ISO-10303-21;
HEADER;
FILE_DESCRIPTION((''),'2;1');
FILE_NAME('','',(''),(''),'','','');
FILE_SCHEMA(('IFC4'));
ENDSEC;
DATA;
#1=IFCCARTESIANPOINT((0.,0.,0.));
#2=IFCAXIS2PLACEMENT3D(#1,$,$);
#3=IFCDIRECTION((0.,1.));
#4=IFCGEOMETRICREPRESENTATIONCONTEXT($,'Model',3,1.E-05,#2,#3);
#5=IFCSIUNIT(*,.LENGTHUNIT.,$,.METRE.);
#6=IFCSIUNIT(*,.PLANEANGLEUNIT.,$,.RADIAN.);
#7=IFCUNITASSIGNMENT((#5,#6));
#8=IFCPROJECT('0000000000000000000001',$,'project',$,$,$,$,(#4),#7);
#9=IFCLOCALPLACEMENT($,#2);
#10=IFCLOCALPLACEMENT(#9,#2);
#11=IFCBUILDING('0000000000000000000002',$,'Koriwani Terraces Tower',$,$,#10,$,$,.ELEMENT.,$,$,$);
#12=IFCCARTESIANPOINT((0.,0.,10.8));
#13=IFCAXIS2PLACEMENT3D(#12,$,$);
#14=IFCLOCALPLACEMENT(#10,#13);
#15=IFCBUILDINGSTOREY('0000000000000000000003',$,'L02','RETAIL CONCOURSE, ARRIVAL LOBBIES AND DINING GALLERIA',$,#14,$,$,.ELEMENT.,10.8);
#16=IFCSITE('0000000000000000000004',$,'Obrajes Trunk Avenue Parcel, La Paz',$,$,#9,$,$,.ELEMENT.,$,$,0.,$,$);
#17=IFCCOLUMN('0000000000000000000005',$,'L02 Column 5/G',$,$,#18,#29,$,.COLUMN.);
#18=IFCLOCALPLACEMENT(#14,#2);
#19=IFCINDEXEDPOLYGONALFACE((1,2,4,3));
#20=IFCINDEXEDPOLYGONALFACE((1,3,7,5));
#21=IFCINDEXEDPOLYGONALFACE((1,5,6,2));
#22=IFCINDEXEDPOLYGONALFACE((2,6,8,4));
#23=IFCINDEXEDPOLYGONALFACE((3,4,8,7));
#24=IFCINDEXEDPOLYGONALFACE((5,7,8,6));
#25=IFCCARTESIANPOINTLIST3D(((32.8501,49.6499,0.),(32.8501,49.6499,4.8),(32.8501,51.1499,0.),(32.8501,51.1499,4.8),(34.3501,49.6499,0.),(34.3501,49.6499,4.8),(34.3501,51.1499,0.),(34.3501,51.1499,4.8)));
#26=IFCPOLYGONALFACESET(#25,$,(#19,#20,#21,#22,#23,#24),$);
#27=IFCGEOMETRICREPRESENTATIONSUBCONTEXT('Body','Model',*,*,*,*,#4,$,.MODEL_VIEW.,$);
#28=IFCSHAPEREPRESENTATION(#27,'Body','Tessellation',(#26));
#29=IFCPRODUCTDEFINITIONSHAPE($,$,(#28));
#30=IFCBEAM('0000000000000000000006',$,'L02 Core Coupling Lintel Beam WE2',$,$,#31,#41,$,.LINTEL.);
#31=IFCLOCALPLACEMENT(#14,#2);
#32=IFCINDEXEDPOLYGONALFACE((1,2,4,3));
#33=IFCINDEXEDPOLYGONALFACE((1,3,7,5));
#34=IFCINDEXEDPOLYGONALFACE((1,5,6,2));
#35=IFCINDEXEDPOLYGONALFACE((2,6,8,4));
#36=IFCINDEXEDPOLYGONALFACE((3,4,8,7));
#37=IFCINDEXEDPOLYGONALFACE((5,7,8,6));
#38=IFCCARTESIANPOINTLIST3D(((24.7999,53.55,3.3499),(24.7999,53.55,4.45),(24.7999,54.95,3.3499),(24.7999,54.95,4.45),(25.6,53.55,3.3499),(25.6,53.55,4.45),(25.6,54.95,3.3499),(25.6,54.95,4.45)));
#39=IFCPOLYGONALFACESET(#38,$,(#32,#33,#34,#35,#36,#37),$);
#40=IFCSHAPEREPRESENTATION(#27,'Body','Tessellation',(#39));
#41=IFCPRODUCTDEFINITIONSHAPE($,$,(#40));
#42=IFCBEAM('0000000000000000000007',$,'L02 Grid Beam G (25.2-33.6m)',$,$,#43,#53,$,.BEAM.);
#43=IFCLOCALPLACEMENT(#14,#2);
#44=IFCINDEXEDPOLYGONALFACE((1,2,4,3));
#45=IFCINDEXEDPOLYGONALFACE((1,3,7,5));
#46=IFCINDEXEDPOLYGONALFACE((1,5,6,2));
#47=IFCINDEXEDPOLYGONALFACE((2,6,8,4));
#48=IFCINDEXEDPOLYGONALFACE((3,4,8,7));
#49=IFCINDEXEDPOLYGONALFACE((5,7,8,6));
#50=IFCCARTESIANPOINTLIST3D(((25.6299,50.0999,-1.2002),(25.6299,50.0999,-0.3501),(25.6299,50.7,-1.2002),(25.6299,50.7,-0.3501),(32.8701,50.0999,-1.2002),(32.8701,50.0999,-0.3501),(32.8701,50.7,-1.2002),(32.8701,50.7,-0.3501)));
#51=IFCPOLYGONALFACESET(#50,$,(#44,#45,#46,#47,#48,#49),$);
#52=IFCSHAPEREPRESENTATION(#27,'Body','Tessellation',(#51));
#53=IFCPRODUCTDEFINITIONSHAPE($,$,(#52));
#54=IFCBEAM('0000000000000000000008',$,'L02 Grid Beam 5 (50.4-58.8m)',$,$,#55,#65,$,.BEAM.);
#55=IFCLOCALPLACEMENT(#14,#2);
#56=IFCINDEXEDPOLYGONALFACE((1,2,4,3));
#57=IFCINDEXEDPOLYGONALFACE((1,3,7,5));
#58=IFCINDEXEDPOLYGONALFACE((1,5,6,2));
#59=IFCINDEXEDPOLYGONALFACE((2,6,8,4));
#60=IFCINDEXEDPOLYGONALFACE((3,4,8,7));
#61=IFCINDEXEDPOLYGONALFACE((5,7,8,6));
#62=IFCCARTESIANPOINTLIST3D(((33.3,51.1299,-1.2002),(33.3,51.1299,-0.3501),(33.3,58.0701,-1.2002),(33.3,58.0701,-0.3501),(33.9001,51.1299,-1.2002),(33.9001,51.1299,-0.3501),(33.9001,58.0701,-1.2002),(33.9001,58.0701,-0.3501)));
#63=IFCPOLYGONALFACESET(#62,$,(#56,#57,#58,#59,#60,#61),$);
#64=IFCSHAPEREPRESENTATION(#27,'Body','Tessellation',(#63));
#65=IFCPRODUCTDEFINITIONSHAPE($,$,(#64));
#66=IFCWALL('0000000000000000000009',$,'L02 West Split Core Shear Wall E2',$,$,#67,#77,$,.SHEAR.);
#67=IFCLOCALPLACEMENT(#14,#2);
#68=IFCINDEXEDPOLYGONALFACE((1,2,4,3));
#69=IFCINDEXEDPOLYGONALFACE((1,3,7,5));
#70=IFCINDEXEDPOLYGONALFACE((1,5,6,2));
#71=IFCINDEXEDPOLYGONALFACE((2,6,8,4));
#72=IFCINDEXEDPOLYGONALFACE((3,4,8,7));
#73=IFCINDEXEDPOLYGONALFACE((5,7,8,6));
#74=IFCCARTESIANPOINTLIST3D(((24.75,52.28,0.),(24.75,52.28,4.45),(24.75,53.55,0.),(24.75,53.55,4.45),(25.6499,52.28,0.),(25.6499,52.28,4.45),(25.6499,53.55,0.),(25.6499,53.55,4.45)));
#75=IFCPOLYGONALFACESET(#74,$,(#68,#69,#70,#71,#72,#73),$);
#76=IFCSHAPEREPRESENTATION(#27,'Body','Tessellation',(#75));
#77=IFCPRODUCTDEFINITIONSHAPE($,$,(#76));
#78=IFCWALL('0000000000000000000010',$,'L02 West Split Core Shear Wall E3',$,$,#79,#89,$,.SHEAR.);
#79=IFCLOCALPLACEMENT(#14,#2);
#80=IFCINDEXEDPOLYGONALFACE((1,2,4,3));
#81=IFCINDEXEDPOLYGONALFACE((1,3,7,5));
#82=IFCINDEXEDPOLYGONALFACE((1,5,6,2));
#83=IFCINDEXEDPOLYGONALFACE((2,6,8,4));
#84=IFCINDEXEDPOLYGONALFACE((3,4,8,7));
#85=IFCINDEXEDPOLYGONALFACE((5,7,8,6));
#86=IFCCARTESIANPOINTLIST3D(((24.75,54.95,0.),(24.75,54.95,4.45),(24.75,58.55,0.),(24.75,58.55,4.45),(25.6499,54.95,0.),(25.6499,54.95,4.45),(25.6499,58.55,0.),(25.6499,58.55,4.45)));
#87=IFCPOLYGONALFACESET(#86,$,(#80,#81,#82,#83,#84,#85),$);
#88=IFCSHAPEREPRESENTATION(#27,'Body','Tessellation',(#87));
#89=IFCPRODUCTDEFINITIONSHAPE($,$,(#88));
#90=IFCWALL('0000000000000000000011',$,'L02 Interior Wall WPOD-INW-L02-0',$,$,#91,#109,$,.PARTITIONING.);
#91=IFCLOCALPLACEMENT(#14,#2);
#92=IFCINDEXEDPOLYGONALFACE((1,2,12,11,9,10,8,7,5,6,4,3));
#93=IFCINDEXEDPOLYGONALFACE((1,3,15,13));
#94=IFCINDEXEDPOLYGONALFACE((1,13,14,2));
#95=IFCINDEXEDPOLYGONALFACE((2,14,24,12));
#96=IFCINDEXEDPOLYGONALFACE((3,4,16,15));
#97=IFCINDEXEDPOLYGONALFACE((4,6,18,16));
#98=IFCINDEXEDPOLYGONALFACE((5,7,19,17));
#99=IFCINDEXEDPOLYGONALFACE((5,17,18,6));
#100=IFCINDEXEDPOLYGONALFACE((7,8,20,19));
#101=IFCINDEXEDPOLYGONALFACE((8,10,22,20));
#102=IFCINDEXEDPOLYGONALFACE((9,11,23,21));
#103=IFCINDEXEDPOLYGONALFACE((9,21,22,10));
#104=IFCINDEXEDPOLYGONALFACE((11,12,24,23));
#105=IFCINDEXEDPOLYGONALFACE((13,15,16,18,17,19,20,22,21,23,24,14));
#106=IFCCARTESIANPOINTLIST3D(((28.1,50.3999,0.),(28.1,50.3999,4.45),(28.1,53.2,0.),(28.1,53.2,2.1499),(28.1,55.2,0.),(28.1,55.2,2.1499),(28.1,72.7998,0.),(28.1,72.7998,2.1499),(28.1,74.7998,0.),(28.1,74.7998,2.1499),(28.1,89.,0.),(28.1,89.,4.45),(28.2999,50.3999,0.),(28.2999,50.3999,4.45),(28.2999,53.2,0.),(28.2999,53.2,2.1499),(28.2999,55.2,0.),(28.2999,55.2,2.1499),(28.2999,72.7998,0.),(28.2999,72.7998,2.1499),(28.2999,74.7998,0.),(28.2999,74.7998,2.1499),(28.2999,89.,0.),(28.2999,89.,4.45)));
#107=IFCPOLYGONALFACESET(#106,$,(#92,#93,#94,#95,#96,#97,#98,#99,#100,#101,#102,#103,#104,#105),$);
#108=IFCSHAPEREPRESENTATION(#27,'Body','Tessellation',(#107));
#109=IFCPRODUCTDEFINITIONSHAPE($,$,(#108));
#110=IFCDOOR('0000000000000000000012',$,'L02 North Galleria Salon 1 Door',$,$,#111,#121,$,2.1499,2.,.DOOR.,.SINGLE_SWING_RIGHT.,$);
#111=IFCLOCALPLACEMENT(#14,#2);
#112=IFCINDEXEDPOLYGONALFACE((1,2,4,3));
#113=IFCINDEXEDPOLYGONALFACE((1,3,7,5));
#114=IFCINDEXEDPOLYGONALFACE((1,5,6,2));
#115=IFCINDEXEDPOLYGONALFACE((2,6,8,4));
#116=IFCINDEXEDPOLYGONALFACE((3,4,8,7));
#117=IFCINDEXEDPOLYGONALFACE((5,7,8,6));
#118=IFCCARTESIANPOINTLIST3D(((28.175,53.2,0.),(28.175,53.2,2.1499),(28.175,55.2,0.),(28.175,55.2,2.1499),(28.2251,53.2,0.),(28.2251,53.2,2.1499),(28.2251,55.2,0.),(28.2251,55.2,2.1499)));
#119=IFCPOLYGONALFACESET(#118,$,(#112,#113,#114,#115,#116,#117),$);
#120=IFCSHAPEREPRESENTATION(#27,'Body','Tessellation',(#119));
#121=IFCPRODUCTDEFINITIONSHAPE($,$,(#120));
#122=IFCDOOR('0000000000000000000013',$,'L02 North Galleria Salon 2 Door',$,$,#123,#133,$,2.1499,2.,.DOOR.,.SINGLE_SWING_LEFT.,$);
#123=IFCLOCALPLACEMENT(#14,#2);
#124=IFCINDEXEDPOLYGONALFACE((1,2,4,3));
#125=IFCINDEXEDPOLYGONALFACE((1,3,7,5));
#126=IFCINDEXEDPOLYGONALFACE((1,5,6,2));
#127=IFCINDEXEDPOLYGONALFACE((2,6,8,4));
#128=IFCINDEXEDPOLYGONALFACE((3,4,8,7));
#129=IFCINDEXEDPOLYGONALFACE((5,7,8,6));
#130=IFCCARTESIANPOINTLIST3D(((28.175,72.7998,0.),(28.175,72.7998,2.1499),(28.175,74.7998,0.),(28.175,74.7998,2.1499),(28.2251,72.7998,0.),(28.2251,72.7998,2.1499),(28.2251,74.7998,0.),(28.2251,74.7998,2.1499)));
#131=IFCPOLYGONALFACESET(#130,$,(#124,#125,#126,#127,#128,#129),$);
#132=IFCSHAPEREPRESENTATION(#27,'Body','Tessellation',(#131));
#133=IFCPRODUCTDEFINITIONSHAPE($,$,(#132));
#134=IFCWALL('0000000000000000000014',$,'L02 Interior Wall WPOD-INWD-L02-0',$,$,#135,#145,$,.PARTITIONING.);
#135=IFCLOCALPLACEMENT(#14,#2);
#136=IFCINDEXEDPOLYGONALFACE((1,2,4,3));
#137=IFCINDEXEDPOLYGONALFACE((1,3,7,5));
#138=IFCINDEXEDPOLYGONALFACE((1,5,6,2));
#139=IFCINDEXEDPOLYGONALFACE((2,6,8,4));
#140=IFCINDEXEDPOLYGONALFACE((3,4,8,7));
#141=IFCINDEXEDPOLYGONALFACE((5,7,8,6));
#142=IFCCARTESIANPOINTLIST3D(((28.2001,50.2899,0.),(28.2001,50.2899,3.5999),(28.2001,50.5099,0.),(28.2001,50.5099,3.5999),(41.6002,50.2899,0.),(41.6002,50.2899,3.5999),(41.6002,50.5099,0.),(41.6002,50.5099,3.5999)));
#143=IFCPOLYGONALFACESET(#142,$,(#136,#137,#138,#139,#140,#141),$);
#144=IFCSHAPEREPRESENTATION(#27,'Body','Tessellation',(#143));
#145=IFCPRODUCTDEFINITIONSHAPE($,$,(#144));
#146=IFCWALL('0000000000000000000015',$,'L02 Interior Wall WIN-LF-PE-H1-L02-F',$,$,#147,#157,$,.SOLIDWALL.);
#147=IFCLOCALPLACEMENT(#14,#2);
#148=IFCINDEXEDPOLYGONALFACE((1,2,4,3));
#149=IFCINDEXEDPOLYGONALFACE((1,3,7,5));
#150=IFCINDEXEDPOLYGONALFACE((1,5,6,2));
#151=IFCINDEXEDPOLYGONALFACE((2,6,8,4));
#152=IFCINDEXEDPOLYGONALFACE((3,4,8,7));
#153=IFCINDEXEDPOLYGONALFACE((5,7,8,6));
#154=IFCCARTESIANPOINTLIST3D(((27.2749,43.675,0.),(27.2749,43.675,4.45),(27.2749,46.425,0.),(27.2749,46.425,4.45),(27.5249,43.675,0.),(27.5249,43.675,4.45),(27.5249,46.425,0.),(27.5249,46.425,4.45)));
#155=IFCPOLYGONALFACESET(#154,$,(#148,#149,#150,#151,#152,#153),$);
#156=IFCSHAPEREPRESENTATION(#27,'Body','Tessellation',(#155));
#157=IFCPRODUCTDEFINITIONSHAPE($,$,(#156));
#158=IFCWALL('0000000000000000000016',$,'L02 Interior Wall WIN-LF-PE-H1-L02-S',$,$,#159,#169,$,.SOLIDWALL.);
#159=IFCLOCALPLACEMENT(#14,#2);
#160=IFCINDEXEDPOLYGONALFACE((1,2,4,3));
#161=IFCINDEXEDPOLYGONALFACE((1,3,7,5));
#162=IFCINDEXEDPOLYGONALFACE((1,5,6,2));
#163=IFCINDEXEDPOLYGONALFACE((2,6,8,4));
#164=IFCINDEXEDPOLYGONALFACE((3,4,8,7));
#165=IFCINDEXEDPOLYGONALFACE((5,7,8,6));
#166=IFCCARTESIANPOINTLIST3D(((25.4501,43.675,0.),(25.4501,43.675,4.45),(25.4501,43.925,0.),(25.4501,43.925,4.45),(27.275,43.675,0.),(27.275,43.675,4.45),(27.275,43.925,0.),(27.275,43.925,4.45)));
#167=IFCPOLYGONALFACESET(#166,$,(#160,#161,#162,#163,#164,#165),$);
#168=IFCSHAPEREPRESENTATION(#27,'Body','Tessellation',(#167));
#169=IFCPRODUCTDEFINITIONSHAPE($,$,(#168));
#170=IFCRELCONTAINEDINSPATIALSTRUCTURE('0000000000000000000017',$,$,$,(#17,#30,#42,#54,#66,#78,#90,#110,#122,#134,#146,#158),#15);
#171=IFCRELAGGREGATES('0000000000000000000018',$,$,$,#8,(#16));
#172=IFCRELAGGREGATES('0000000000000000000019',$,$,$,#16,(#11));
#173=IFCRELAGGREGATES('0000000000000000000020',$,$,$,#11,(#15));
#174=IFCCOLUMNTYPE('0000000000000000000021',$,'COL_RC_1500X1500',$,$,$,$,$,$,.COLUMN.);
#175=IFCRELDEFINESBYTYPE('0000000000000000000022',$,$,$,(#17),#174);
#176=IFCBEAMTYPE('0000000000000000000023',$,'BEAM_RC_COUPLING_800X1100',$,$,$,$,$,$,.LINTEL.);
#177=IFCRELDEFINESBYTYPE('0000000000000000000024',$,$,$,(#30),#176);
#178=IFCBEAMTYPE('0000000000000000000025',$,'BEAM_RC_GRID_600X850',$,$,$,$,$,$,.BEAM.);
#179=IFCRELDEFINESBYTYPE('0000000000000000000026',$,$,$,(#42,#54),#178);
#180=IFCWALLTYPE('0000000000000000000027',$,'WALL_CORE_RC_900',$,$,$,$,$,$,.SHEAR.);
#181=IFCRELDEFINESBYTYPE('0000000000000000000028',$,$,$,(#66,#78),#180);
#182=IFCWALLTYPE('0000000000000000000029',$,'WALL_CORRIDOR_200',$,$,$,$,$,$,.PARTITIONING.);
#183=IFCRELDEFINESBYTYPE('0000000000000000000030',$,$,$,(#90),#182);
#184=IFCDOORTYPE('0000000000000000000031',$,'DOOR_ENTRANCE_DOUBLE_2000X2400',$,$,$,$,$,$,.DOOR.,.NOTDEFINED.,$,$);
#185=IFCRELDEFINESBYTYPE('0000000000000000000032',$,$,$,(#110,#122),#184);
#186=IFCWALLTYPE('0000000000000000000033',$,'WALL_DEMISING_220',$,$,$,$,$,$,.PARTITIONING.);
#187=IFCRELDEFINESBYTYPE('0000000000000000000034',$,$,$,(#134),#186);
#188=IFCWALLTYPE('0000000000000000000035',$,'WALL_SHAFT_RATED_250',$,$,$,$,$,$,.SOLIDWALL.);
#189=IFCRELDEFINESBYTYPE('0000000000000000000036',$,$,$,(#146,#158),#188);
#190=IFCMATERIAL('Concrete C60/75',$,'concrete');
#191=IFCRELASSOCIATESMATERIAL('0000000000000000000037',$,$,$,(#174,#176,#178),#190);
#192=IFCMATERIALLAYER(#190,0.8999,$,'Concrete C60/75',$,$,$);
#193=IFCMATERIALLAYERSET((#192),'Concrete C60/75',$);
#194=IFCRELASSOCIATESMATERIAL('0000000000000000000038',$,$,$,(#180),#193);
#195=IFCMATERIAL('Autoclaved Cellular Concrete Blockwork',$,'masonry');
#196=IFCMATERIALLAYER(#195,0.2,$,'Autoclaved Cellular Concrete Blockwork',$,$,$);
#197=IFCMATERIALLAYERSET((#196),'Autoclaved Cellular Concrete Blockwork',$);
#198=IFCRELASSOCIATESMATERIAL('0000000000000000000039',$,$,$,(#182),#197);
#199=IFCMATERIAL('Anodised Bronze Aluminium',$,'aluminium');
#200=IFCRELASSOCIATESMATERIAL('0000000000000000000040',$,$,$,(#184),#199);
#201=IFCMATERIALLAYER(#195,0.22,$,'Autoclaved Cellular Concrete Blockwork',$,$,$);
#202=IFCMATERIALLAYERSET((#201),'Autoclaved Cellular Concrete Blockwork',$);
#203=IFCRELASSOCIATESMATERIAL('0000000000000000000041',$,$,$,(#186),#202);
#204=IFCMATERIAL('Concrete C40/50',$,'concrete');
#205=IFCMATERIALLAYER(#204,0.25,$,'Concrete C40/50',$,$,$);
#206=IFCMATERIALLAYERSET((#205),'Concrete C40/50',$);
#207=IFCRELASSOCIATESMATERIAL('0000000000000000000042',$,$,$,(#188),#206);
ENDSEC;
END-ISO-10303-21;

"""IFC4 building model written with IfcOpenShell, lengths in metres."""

from ifc_helpers import new_model, si_unit, direction, frame, frame_2d, origin, origin_2d, place, context, subcontext, project, spatial, rectangle, extrude, material, layer, layer_set, material_profile, profile_set, type_object, element, fill, save


model = new_model("IFC4")

# Units and contexts
model_context = context("Model", 3, precision=1e-05, world=origin(), true_north=direction((0.0, 1.0)))
body_context = subcontext(model_context, "Body", "Model", "MODEL_VIEW")
ifc_project = project(units=[si_unit("LENGTHUNIT", "METRE"), si_unit("PLANEANGLEUNIT", "RADIAN")], contexts=[model_context])

# Site, building, storey
site_placement = place(None, origin())
site = spatial("IfcSite", under=ifc_project, at=site_placement, Name="Obrajes Trunk Avenue Parcel, La Paz", CompositionType="ELEMENT", RefElevation=0.0)
building_placement = place(site_placement, origin())
building = spatial("IfcBuilding", under=site, at=building_placement, Name="Koriwani Terraces Tower", CompositionType="ELEMENT")
storey_placement = place(building_placement, frame((0.0, 0.0, 10.8)))
storey = spatial("IfcBuildingStorey", under=building, at=storey_placement, Name="L02", Description="RETAIL CONCOURSE, ARRIVAL LOBBIES AND DINING GALLERIA", CompositionType="ELEMENT", Elevation=10.8)

# Column
ifc_material_1 = material(Name="Concrete C60/75", Category="concrete")
ifc_material_profile_1 = material_profile(ifc_material_1, rectangle(XDim=1.5, YDim=1.5, at=origin_2d()), Name="Concrete C60/75", Category="LoadBearing")
ifc_profile_set_1 = profile_set([ifc_material_profile_1], Name="Concrete C60/75")
column_type = type_object("IfcColumnType", Name="COL_RC_1500X1500", PredefinedType="COLUMN", material=ifc_profile_set_1)
column_placement = place(storey_placement, frame((33.6001, 50.3999, 0.0), z_axis=(0.0, 0.0, 1.0), x_axis=(1.0, 0.0, 0.0)))
element("IfcColumn", 1, at=column_placement, inside=storey, type_object=column_type, Name="L02 Column 5/G", PredefinedType="COLUMN", context=body_context, shape_type="SweptSolid", body=[
    extrude(rectangle(XDim=1.5, YDim=1.5, at=origin_2d()), origin(), (0.0, 0.0, 1.0), 4.8),
])

# Beams
ifc_material_profile_2 = material_profile(ifc_material_1, rectangle(XDim=0.8, YDim=1.1001, at=origin_2d()), Name="Concrete C60/75", Category="LoadBearing")
ifc_profile_set_2 = profile_set([ifc_material_profile_2], Name="Concrete C60/75")
beam_type_1 = type_object("IfcBeamType", Name="BEAM_RC_COUPLING_800X1100", PredefinedType="LINTEL", material=ifc_profile_set_2)
beam_1_placement = place(storey_placement, frame((25.2, 53.55, 3.8999), z_axis=(0.0, 1.0, 0.0), x_axis=(-1.0, 0.0, 0.0)))
element("IfcBeam", 2, at=beam_1_placement, inside=storey, type_object=beam_type_1, Name="L02 Core Coupling Lintel Beam WE2", PredefinedType="LINTEL", context=body_context, shape_type="SweptSolid", body=[
    extrude(rectangle(XDim=0.8, YDim=1.1001, at=origin_2d()), origin(), (0.0, 0.0, 1.0), 1.3999),
])
ifc_material_profile_3 = material_profile(ifc_material_1, rectangle(XDim=0.6001, YDim=0.8501, at=origin_2d()), Name="Concrete C60/75", Category="LoadBearing")
ifc_profile_set_3 = profile_set([ifc_material_profile_3], Name="Concrete C60/75")
beam_type_2 = type_object("IfcBeamType", Name="BEAM_RC_GRID_600X850", PredefinedType="BEAM", material=ifc_profile_set_3)
beam_2_placement = place(storey_placement, frame((25.6299, 50.3999, -0.7751), z_axis=(1.0, 0.0, 0.0), x_axis=(0.0, 1.0, 0.0)))
element("IfcBeam", 3, at=beam_2_placement, inside=storey, type_object=beam_type_2, Name="L02 Grid Beam G (25.2-33.6m)", PredefinedType="BEAM", context=body_context, shape_type="SweptSolid", body=[
    extrude(rectangle(XDim=0.6001, YDim=0.8501, at=origin_2d()), origin(), (0.0, 0.0, 1.0), 7.2402),
])
beam_3_placement = place(storey_placement, frame((33.6001, 51.1299, -0.7751), z_axis=(0.0, 1.0, 0.0), x_axis=(-1.0, 0.0, 0.0)))
element("IfcBeam", 4, at=beam_3_placement, inside=storey, type_object=beam_type_2, Name="L02 Grid Beam 5 (50.4-58.8m)", PredefinedType="BEAM", context=body_context, shape_type="SweptSolid", body=[
    extrude(rectangle(XDim=0.6001, YDim=0.8501, at=origin_2d()), origin(), (0.0, 0.0, 1.0), 6.9402),
])

# Walls
ifc_layer_1 = layer(ifc_material_1, 0.8999, Name="Concrete C60/75")
ifc_layer_set_1 = layer_set([ifc_layer_1], Name="Concrete C60/75")
wall_type_1 = type_object("IfcWallType", Name="WALL_CORE_RC_900", PredefinedType="SHEAR", material=ifc_layer_set_1)
wall_1_placement = place(storey_placement, frame((25.2, 52.28, 0.0), z_axis=(0.0, 0.0, 1.0), x_axis=(0.0, 1.0, 0.0)))
element("IfcWall", 5, at=wall_1_placement, inside=storey, type_object=wall_type_1, Name="L02 West Split Core Shear Wall E2", PredefinedType="SHEAR", context=body_context, shape_type="SweptSolid", body=[
    extrude(rectangle(XDim=1.27, YDim=0.8999, at=frame_2d((0.635, 0.0))), origin(), (0.0, 0.0, 1.0), 4.45),
])
wall_2_placement = place(storey_placement, frame((25.2, 54.95, 0.0), z_axis=(0.0, 0.0, 1.0), x_axis=(0.0, 1.0, 0.0)))
element("IfcWall", 6, at=wall_2_placement, inside=storey, type_object=wall_type_1, Name="L02 West Split Core Shear Wall E3", PredefinedType="SHEAR", context=body_context, shape_type="SweptSolid", body=[
    extrude(rectangle(XDim=3.6001, YDim=0.8999, at=frame_2d((1.8, 0.0))), origin(), (0.0, 0.0, 1.0), 4.45),
])

# Wall, openings, doors
ifc_material_2 = material(Name="Autoclaved Cellular Concrete Blockwork", Category="masonry")
ifc_layer_2 = layer(ifc_material_2, 0.2, Name="Autoclaved Cellular Concrete Blockwork")
ifc_layer_set_2 = layer_set([ifc_layer_2], Name="Autoclaved Cellular Concrete Blockwork")
wall_type_2 = type_object("IfcWallType", Name="WALL_CORRIDOR_200", PredefinedType="PARTITIONING", material=ifc_layer_set_2)
wall_3_placement = place(storey_placement, frame((28.2, 50.3999, 0.0), z_axis=(0.0, 0.0, 1.0), x_axis=(0.0, 1.0, 0.0)))
wall_3 = element("IfcWall", 7, at=wall_3_placement, inside=storey, type_object=wall_type_2, Name="L02 Interior Wall WPOD-INW-L02-0", PredefinedType="PARTITIONING", context=body_context, shape_type="SweptSolid", body=[
    extrude(rectangle(XDim=38.6001, YDim=0.2, at=frame_2d((19.3, 0.0))), origin(), (0.0, 0.0, 1.0), 4.45),
])
opening_1_placement = place(wall_3_placement, frame((2.8, 0.0, 0.0)))
opening_1 = element("IfcOpeningElement", 8, at=opening_1_placement, cuts=wall_3, PredefinedType="OPENING", context=body_context, shape_type="SweptSolid", body=[
    extrude(rectangle(XDim=2.0, YDim=2.1499, at=frame_2d((1.0, 1.075))), frame((0.0, 0.1099, 0.0), z_axis=(0.0, -1.0, 0.0), x_axis=(1.0, 0.0, 0.0)), (0.0, 0.0, 1.0), 0.22),
])
opening_2_placement = place(wall_3_placement, frame((22.3999, 0.0, 0.0)))
opening_2 = element("IfcOpeningElement", 9, at=opening_2_placement, cuts=wall_3, PredefinedType="OPENING", context=body_context, shape_type="SweptSolid", body=[
    extrude(rectangle(XDim=2.0, YDim=2.1499, at=frame_2d((1.0, 1.075))), frame((0.0, 0.1099, 0.0), z_axis=(0.0, -1.0, 0.0), x_axis=(1.0, 0.0, 0.0)), (0.0, 0.0, 1.0), 0.22),
])
ifc_material_3 = material(Name="Anodised Bronze Aluminium", Category="aluminium")
door_type_1 = type_object("IfcDoorType", Name="DOOR_ENTRANCE_DOUBLE_2000X2400", OperationType="NOTDEFINED", PredefinedType="DOOR", material=ifc_material_3)
door_1_placement = place(opening_1_placement, origin())
door_1 = element("IfcDoor", 10, at=door_1_placement, inside=storey, type_object=door_type_1, Name="L02 North Galleria Salon 1 Door", OperationType="SINGLE_SWING_RIGHT", OverallHeight=2.1499, OverallWidth=2.0, PredefinedType="DOOR", context=body_context, shape_type="SweptSolid", body=[
    extrude(rectangle(XDim=2.0, YDim=2.1499, at=frame_2d((1.0, 1.075))), frame((0.0, 0.0249, 0.0), z_axis=(0.0, -1.0, 0.0), x_axis=(1.0, 0.0, 0.0)), (0.0, 0.0, 1.0), 0.05),
])
fill(opening_1, door_1)
door_2_placement = place(opening_2_placement, origin())
door_2 = element("IfcDoor", 11, at=door_2_placement, inside=storey, type_object=door_type_1, Name="L02 North Galleria Salon 2 Door", OperationType="SINGLE_SWING_LEFT", OverallHeight=2.1499, OverallWidth=2.0, PredefinedType="DOOR", context=body_context, shape_type="SweptSolid", body=[
    extrude(rectangle(XDim=2.0, YDim=2.1499, at=frame_2d((1.0, 1.075))), frame((0.0, 0.0249, 0.0), z_axis=(0.0, -1.0, 0.0), x_axis=(1.0, 0.0, 0.0)), (0.0, 0.0, 1.0), 0.05),
])
fill(opening_2, door_2)

# Wall
ifc_layer_3 = layer(ifc_material_2, 0.22, Name="Autoclaved Cellular Concrete Blockwork")
ifc_layer_set_3 = layer_set([ifc_layer_3], Name="Autoclaved Cellular Concrete Blockwork")
wall_type_3 = type_object("IfcWallType", Name="WALL_DEMISING_220", PredefinedType="PARTITIONING", material=ifc_layer_set_3)
wall_4_placement = place(storey_placement, frame((28.2, 50.3999, 0.0), z_axis=(0.0, 0.0, 1.0), x_axis=(1.0, 0.0, 0.0)))
element("IfcWall", 12, at=wall_4_placement, inside=storey, type_object=wall_type_3, Name="L02 Interior Wall WPOD-INWD-L02-0", PredefinedType="PARTITIONING", context=body_context, shape_type="SweptSolid", body=[
    extrude(rectangle(XDim=13.4001, YDim=0.22, at=frame_2d((6.7002, 0.0))), origin(), (0.0, 0.0, 1.0), 3.5999),
])

# Shared definitions
ifc_material_4 = material(Name="Concrete C40/50", Category="concrete")
ifc_layer_4 = layer(ifc_material_4, 0.25, Name="Concrete C40/50")
ifc_layer_set_4 = layer_set([ifc_layer_4], Name="Concrete C40/50")
wall_type_4 = type_object("IfcWallType", Name="WALL_SHAFT_RATED_250", PredefinedType="SOLIDWALL", material=ifc_layer_set_4)

# Walls
wall_5_placement = place(storey_placement, frame((27.3999, 43.675, 0.0), z_axis=(0.0, 0.0, 1.0), x_axis=(0.0, 1.0, 0.0)))
element("IfcWall", 13, at=wall_5_placement, inside=storey, type_object=wall_type_4, Name="L02 Interior Wall WIN-LF-PE-H1-L02-F", PredefinedType="SOLIDWALL", context=body_context, shape_type="SweptSolid", body=[
    extrude(rectangle(XDim=2.75, YDim=0.25, at=frame_2d((1.375, 0.0))), origin(), (0.0, 0.0, 1.0), 4.45),
])
for number, where, z_axis, x_axis, name in (
    (14, (25.45, 43.8, 0.0), (0.0, 0.0, 1.0), (1.0, 0.0, 0.0), "L02 Interior Wall WIN-LF-PE-H1-L02-S"),
):
    element("IfcWall", number, at=place(storey_placement, frame(where, z_axis=z_axis, x_axis=x_axis)), inside=storey, type_object=wall_type_4, Name=name, PredefinedType="SOLIDWALL", context=body_context, shape_type="SweptSolid", body=[
        extrude(rectangle(XDim=1.825, YDim=0.25, at=frame_2d((0.9126, 0.0))), origin(), (0.0, 0.0, 1.0), 4.45),
    ])

save(model, "model.ifc")
